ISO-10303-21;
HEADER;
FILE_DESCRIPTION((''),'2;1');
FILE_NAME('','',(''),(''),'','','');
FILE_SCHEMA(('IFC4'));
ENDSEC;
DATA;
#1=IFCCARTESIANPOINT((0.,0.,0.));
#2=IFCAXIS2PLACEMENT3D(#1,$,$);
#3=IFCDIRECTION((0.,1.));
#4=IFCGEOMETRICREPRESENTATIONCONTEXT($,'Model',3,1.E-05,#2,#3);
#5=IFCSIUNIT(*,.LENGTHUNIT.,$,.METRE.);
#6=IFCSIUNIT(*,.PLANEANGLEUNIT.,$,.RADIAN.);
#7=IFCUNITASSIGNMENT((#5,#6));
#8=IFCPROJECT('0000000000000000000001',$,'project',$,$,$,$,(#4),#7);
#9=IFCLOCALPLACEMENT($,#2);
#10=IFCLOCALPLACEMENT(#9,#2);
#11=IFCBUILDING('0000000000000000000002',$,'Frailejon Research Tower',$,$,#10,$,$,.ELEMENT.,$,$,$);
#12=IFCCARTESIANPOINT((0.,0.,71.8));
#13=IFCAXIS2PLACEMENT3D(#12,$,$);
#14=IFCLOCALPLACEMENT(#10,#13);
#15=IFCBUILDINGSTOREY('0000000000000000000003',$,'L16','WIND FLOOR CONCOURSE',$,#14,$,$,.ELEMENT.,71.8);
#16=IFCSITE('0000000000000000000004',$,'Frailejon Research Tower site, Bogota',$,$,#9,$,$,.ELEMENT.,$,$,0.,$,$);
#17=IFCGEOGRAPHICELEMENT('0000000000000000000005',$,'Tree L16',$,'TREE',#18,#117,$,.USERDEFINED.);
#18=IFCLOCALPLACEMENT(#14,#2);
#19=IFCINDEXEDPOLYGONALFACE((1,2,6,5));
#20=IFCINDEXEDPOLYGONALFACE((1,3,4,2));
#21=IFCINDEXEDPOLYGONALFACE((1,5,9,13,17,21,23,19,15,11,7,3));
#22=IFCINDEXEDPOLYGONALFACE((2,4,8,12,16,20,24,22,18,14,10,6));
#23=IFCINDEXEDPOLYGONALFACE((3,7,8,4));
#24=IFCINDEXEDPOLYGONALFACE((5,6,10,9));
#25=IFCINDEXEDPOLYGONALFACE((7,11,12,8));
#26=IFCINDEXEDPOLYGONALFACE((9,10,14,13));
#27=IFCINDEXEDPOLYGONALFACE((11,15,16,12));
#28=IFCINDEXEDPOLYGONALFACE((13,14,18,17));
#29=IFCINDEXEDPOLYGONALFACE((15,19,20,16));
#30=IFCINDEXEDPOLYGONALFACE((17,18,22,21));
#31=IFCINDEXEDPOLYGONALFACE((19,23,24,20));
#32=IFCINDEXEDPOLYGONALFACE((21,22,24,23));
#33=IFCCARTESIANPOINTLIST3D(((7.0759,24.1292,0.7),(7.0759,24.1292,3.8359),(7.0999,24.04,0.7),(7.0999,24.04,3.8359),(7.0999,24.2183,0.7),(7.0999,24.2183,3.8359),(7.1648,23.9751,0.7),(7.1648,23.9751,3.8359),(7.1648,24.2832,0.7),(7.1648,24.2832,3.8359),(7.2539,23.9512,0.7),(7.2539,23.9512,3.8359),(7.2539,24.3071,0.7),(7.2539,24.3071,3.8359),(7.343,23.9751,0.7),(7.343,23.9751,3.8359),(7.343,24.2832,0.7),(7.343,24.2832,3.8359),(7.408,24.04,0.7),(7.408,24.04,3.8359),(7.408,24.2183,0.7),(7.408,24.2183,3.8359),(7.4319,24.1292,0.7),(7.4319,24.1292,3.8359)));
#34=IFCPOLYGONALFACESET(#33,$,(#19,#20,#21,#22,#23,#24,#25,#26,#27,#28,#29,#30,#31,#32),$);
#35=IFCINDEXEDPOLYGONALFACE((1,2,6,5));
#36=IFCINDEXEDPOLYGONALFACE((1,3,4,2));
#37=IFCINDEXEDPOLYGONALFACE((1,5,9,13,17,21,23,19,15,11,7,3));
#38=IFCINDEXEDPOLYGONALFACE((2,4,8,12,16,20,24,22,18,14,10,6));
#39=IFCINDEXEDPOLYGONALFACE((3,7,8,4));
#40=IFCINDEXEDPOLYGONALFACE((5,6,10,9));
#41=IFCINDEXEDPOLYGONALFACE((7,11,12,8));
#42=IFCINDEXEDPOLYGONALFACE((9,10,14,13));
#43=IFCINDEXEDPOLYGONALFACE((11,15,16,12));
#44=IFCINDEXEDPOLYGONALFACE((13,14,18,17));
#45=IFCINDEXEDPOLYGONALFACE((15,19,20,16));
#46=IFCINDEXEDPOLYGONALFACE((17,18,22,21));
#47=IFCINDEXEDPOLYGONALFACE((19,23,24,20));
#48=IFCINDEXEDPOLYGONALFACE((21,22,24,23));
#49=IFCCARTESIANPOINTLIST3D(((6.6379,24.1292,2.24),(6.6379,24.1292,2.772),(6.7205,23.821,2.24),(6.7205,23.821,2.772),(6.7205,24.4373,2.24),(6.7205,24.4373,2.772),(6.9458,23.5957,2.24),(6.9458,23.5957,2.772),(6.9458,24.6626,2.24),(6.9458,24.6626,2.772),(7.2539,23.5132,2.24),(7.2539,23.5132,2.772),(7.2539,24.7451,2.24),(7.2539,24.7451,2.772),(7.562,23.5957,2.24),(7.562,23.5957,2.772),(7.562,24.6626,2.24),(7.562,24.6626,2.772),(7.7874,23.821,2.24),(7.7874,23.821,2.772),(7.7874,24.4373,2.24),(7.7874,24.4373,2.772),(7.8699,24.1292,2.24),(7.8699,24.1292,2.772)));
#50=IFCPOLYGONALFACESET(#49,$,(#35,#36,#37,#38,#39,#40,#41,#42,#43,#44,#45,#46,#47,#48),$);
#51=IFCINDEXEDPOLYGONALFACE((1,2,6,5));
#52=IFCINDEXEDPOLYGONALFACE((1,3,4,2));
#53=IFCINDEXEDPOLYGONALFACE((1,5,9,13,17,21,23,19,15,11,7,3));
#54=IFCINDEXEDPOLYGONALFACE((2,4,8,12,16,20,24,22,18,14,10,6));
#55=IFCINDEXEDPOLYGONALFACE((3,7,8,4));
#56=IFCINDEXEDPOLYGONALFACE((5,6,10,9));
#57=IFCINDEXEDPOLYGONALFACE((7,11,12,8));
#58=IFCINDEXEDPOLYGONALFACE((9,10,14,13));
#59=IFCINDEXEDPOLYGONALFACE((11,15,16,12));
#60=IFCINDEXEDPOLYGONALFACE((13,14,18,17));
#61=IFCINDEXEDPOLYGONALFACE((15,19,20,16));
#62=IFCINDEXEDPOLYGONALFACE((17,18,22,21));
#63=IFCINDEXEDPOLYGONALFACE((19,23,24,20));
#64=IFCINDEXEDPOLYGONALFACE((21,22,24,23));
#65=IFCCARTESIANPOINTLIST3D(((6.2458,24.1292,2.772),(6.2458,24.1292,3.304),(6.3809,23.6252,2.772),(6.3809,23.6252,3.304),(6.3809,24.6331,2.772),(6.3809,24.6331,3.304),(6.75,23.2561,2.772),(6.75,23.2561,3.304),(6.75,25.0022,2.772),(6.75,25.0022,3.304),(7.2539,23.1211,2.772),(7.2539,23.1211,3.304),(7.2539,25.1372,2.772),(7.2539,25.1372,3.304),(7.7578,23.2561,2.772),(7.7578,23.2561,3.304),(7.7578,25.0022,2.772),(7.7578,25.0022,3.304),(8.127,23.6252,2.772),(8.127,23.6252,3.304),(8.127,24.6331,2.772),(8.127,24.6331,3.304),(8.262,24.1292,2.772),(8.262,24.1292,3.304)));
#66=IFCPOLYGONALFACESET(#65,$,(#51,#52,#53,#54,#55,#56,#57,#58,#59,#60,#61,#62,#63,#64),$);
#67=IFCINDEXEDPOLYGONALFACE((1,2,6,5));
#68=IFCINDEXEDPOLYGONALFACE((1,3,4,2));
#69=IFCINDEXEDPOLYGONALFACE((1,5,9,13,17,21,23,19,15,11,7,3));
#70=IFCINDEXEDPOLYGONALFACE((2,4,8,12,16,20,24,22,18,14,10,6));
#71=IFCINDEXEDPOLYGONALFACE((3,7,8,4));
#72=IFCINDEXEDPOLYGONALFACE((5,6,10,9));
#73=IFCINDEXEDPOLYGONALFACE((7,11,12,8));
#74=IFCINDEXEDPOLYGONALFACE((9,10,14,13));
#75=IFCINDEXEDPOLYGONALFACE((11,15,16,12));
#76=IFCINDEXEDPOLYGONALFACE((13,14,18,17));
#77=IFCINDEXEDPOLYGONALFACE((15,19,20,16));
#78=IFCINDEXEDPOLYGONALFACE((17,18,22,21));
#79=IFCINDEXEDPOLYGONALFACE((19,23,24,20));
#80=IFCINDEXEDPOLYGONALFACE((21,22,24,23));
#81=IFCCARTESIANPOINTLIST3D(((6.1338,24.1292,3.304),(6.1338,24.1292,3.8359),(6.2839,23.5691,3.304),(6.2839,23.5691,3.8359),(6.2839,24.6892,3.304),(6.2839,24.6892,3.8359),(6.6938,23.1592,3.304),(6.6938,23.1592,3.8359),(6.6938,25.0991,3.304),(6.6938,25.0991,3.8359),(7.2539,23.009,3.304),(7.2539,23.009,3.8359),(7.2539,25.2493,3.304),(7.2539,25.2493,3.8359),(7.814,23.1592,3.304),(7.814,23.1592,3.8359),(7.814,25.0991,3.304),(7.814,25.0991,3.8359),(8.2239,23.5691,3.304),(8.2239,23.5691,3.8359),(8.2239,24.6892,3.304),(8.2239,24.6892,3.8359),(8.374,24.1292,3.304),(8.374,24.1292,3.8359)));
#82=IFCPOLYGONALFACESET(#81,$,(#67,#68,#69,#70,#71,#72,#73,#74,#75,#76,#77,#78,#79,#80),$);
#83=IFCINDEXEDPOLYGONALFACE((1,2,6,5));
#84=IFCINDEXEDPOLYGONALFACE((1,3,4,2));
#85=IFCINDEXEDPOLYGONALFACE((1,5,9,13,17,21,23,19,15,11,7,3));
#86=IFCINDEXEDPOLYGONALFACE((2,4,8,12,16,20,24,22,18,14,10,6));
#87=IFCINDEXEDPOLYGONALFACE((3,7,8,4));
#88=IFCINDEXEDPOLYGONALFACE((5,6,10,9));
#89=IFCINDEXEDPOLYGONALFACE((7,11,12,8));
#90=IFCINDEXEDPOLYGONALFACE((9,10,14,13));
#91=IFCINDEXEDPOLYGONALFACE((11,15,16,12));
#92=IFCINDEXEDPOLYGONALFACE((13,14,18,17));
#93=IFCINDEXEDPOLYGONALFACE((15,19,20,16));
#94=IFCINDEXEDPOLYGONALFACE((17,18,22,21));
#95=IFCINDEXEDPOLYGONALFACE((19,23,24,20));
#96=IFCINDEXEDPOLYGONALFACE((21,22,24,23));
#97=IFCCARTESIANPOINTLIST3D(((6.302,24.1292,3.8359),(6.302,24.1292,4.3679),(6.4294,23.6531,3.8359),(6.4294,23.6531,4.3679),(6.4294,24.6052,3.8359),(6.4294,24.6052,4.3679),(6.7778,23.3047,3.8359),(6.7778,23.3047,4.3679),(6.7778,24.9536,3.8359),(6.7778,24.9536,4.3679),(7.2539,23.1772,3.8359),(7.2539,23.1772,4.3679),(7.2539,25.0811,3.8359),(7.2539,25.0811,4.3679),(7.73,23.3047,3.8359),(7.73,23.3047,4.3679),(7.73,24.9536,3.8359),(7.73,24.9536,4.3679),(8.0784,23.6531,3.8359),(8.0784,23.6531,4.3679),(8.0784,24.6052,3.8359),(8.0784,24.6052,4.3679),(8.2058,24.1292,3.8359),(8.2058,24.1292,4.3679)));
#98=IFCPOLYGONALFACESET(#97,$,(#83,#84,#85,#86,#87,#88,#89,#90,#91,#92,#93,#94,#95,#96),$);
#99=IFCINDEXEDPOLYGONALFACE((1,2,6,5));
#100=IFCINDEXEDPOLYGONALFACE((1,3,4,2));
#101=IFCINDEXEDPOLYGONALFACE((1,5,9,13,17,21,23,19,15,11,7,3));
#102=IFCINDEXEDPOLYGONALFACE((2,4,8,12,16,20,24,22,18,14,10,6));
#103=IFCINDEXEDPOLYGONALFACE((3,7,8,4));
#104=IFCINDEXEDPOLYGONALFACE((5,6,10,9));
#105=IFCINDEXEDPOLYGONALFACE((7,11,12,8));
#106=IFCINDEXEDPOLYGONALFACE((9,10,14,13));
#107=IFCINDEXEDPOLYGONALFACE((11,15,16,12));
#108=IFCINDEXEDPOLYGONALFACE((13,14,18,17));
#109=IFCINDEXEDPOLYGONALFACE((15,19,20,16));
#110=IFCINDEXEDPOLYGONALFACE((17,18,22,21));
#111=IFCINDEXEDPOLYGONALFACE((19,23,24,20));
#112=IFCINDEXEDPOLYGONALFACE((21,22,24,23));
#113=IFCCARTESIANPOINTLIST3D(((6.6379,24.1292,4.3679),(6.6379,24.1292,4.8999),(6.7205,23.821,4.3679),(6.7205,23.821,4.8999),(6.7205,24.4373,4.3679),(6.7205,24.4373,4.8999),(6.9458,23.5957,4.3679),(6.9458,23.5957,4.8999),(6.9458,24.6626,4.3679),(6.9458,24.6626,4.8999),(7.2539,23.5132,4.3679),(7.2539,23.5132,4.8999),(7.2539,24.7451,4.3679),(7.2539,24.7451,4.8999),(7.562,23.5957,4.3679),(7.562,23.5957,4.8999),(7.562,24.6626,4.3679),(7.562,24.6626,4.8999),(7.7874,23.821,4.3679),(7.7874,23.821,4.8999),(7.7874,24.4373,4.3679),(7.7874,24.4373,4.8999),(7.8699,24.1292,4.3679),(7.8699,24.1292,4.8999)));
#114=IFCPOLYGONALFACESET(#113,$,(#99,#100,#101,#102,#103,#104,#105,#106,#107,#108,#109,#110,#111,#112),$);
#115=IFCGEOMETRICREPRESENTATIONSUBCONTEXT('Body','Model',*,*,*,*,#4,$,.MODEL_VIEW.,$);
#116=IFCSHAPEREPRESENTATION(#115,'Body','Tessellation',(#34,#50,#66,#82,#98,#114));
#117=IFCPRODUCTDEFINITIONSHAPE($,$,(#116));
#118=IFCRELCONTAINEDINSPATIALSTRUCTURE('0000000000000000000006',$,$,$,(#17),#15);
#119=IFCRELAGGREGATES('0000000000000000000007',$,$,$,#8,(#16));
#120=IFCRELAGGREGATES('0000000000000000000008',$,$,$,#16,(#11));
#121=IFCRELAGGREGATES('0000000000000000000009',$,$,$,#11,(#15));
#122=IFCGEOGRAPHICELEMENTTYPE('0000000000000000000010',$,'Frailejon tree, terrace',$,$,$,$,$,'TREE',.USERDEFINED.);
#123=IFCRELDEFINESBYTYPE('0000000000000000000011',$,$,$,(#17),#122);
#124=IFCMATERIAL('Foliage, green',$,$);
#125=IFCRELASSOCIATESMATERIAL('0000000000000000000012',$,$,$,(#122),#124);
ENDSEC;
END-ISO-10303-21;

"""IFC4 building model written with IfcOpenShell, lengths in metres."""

from ifc_helpers import new_model, si_unit, direction, frame, origin, place, context, subcontext, project, spatial, polyline, outline, extrude, material, type_object, element, save


model = new_model("IFC4")

# Units and contexts
model_context = context("Model", 3, precision=1e-05, world=origin(), true_north=direction((0.0, 1.0)))
body_context = subcontext(model_context, "Body", "Model", "MODEL_VIEW")
ifc_project = project(units=[si_unit("LENGTHUNIT", "METRE"), si_unit("PLANEANGLEUNIT", "RADIAN")], contexts=[model_context])

# Site, building, storey
site_placement = place(None, origin())
site = spatial("IfcSite", under=ifc_project, at=site_placement, Name="Frailejon Research Tower site, Bogota", CompositionType="ELEMENT", RefElevation=0.0)
building_placement = place(site_placement, origin())
building = spatial("IfcBuilding", under=site, at=building_placement, Name="Frailejon Research Tower", CompositionType="ELEMENT")
storey_placement = place(building_placement, frame((0.0, 0.0, 71.8)))
storey = spatial("IfcBuildingStorey", under=building, at=storey_placement, Name="L16", Description="WIND FLOOR CONCOURSE", CompositionType="ELEMENT", Elevation=71.8)

# Geographic element
ifc_material_1 = material(Name="Foliage, green")
geographic_element_type = type_object("IfcGeographicElementType", Name="Frailejon tree, terrace", ElementType="TREE", PredefinedType="USERDEFINED", material=ifc_material_1)
geographic_element_placement = place(storey_placement, frame((7.2539, 24.1292, 0.7)))
element("IfcGeographicElement", 1, at=geographic_element_placement, inside=storey, type_object=geographic_element_type, Name="Tree L16", ObjectType="TREE", PredefinedType="USERDEFINED", context=body_context, shape_type="SweptSolid", body=[
    extrude(outline(polyline([(0.178, 0.0), (0.1541, 0.0891), (0.0891, 0.1541), (0.0, 0.178), (-0.0891, 0.1541), (-0.1541, 0.0891), (-0.178, 0.0), (-0.1541, -0.0891), (-0.0891, -0.1541), (0.0, -0.178), (0.0891, -0.1541), (0.1541, -0.0891), (0.178, 0.0)])), origin(), (0.0, 0.0, 1.0), 3.136),
    extrude(outline(polyline([(0.616, 0.0), (0.5334, 0.3081), (0.3081, 0.5334), (0.0, 0.616), (-0.3081, 0.5334), (-0.5334, 0.3081), (-0.616, 0.0), (-0.5334, -0.3081), (-0.3081, -0.5334), (0.0, -0.616), (0.3081, -0.5334), (0.5334, -0.3081), (0.616, 0.0)])), frame((0.0, 0.0, 1.54)), (0.0, 0.0, 1.0), 0.532),
    extrude(outline(polyline([(1.0081, 0.0), (0.873, 0.5039), (0.5039, 0.873), (0.0, 1.0081), (-0.5039, 0.873), (-0.873, 0.5039), (-1.0081, 0.0), (-0.873, -0.5039), (-0.5039, -0.873), (0.0, -1.0081), (0.5039, -0.873), (0.873, -0.5039), (1.0081, 0.0)])), frame((0.0, 0.0, 2.072)), (0.0, 0.0, 1.0), 0.532),
    extrude(outline(polyline([(1.1201, 0.0), (0.97, 0.5601), (0.5601, 0.97), (0.0, 1.1201), (-0.5601, 0.97), (-0.97, 0.5601), (-1.1201, 0.0), (-0.97, -0.5601), (-0.5601, -0.97), (0.0, -1.1201), (0.5601, -0.97), (0.97, -0.5601), (1.1201, 0.0)])), frame((0.0, 0.0, 2.604)), (0.0, 0.0, 1.0), 0.532),
    extrude(outline(polyline([(0.9519, 0.0), (0.8245, 0.4761), (0.4761, 0.8245), (0.0, 0.9519), (-0.4761, 0.8245), (-0.8245, 0.4761), (-0.9519, 0.0), (-0.8245, -0.4761), (-0.4761, -0.8245), (0.0, -0.9519), (0.4761, -0.8245), (0.8245, -0.4761), (0.9519, 0.0)])), frame((0.0, 0.0, 3.136)), (0.0, 0.0, 1.0), 0.532),
    extrude(outline(polyline([(0.616, 0.0), (0.5334, 0.3081), (0.3081, 0.5334), (0.0, 0.616), (-0.3081, 0.5334), (-0.5334, 0.3081), (-0.616, 0.0), (-0.5334, -0.3081), (-0.3081, -0.5334), (0.0, -0.616), (0.3081, -0.5334), (0.5334, -0.3081), (0.616, 0.0)])), frame((0.0, 0.0, 3.668)), (0.0, 0.0, 1.0), 0.532),
])

save(model, "model.ifc")
